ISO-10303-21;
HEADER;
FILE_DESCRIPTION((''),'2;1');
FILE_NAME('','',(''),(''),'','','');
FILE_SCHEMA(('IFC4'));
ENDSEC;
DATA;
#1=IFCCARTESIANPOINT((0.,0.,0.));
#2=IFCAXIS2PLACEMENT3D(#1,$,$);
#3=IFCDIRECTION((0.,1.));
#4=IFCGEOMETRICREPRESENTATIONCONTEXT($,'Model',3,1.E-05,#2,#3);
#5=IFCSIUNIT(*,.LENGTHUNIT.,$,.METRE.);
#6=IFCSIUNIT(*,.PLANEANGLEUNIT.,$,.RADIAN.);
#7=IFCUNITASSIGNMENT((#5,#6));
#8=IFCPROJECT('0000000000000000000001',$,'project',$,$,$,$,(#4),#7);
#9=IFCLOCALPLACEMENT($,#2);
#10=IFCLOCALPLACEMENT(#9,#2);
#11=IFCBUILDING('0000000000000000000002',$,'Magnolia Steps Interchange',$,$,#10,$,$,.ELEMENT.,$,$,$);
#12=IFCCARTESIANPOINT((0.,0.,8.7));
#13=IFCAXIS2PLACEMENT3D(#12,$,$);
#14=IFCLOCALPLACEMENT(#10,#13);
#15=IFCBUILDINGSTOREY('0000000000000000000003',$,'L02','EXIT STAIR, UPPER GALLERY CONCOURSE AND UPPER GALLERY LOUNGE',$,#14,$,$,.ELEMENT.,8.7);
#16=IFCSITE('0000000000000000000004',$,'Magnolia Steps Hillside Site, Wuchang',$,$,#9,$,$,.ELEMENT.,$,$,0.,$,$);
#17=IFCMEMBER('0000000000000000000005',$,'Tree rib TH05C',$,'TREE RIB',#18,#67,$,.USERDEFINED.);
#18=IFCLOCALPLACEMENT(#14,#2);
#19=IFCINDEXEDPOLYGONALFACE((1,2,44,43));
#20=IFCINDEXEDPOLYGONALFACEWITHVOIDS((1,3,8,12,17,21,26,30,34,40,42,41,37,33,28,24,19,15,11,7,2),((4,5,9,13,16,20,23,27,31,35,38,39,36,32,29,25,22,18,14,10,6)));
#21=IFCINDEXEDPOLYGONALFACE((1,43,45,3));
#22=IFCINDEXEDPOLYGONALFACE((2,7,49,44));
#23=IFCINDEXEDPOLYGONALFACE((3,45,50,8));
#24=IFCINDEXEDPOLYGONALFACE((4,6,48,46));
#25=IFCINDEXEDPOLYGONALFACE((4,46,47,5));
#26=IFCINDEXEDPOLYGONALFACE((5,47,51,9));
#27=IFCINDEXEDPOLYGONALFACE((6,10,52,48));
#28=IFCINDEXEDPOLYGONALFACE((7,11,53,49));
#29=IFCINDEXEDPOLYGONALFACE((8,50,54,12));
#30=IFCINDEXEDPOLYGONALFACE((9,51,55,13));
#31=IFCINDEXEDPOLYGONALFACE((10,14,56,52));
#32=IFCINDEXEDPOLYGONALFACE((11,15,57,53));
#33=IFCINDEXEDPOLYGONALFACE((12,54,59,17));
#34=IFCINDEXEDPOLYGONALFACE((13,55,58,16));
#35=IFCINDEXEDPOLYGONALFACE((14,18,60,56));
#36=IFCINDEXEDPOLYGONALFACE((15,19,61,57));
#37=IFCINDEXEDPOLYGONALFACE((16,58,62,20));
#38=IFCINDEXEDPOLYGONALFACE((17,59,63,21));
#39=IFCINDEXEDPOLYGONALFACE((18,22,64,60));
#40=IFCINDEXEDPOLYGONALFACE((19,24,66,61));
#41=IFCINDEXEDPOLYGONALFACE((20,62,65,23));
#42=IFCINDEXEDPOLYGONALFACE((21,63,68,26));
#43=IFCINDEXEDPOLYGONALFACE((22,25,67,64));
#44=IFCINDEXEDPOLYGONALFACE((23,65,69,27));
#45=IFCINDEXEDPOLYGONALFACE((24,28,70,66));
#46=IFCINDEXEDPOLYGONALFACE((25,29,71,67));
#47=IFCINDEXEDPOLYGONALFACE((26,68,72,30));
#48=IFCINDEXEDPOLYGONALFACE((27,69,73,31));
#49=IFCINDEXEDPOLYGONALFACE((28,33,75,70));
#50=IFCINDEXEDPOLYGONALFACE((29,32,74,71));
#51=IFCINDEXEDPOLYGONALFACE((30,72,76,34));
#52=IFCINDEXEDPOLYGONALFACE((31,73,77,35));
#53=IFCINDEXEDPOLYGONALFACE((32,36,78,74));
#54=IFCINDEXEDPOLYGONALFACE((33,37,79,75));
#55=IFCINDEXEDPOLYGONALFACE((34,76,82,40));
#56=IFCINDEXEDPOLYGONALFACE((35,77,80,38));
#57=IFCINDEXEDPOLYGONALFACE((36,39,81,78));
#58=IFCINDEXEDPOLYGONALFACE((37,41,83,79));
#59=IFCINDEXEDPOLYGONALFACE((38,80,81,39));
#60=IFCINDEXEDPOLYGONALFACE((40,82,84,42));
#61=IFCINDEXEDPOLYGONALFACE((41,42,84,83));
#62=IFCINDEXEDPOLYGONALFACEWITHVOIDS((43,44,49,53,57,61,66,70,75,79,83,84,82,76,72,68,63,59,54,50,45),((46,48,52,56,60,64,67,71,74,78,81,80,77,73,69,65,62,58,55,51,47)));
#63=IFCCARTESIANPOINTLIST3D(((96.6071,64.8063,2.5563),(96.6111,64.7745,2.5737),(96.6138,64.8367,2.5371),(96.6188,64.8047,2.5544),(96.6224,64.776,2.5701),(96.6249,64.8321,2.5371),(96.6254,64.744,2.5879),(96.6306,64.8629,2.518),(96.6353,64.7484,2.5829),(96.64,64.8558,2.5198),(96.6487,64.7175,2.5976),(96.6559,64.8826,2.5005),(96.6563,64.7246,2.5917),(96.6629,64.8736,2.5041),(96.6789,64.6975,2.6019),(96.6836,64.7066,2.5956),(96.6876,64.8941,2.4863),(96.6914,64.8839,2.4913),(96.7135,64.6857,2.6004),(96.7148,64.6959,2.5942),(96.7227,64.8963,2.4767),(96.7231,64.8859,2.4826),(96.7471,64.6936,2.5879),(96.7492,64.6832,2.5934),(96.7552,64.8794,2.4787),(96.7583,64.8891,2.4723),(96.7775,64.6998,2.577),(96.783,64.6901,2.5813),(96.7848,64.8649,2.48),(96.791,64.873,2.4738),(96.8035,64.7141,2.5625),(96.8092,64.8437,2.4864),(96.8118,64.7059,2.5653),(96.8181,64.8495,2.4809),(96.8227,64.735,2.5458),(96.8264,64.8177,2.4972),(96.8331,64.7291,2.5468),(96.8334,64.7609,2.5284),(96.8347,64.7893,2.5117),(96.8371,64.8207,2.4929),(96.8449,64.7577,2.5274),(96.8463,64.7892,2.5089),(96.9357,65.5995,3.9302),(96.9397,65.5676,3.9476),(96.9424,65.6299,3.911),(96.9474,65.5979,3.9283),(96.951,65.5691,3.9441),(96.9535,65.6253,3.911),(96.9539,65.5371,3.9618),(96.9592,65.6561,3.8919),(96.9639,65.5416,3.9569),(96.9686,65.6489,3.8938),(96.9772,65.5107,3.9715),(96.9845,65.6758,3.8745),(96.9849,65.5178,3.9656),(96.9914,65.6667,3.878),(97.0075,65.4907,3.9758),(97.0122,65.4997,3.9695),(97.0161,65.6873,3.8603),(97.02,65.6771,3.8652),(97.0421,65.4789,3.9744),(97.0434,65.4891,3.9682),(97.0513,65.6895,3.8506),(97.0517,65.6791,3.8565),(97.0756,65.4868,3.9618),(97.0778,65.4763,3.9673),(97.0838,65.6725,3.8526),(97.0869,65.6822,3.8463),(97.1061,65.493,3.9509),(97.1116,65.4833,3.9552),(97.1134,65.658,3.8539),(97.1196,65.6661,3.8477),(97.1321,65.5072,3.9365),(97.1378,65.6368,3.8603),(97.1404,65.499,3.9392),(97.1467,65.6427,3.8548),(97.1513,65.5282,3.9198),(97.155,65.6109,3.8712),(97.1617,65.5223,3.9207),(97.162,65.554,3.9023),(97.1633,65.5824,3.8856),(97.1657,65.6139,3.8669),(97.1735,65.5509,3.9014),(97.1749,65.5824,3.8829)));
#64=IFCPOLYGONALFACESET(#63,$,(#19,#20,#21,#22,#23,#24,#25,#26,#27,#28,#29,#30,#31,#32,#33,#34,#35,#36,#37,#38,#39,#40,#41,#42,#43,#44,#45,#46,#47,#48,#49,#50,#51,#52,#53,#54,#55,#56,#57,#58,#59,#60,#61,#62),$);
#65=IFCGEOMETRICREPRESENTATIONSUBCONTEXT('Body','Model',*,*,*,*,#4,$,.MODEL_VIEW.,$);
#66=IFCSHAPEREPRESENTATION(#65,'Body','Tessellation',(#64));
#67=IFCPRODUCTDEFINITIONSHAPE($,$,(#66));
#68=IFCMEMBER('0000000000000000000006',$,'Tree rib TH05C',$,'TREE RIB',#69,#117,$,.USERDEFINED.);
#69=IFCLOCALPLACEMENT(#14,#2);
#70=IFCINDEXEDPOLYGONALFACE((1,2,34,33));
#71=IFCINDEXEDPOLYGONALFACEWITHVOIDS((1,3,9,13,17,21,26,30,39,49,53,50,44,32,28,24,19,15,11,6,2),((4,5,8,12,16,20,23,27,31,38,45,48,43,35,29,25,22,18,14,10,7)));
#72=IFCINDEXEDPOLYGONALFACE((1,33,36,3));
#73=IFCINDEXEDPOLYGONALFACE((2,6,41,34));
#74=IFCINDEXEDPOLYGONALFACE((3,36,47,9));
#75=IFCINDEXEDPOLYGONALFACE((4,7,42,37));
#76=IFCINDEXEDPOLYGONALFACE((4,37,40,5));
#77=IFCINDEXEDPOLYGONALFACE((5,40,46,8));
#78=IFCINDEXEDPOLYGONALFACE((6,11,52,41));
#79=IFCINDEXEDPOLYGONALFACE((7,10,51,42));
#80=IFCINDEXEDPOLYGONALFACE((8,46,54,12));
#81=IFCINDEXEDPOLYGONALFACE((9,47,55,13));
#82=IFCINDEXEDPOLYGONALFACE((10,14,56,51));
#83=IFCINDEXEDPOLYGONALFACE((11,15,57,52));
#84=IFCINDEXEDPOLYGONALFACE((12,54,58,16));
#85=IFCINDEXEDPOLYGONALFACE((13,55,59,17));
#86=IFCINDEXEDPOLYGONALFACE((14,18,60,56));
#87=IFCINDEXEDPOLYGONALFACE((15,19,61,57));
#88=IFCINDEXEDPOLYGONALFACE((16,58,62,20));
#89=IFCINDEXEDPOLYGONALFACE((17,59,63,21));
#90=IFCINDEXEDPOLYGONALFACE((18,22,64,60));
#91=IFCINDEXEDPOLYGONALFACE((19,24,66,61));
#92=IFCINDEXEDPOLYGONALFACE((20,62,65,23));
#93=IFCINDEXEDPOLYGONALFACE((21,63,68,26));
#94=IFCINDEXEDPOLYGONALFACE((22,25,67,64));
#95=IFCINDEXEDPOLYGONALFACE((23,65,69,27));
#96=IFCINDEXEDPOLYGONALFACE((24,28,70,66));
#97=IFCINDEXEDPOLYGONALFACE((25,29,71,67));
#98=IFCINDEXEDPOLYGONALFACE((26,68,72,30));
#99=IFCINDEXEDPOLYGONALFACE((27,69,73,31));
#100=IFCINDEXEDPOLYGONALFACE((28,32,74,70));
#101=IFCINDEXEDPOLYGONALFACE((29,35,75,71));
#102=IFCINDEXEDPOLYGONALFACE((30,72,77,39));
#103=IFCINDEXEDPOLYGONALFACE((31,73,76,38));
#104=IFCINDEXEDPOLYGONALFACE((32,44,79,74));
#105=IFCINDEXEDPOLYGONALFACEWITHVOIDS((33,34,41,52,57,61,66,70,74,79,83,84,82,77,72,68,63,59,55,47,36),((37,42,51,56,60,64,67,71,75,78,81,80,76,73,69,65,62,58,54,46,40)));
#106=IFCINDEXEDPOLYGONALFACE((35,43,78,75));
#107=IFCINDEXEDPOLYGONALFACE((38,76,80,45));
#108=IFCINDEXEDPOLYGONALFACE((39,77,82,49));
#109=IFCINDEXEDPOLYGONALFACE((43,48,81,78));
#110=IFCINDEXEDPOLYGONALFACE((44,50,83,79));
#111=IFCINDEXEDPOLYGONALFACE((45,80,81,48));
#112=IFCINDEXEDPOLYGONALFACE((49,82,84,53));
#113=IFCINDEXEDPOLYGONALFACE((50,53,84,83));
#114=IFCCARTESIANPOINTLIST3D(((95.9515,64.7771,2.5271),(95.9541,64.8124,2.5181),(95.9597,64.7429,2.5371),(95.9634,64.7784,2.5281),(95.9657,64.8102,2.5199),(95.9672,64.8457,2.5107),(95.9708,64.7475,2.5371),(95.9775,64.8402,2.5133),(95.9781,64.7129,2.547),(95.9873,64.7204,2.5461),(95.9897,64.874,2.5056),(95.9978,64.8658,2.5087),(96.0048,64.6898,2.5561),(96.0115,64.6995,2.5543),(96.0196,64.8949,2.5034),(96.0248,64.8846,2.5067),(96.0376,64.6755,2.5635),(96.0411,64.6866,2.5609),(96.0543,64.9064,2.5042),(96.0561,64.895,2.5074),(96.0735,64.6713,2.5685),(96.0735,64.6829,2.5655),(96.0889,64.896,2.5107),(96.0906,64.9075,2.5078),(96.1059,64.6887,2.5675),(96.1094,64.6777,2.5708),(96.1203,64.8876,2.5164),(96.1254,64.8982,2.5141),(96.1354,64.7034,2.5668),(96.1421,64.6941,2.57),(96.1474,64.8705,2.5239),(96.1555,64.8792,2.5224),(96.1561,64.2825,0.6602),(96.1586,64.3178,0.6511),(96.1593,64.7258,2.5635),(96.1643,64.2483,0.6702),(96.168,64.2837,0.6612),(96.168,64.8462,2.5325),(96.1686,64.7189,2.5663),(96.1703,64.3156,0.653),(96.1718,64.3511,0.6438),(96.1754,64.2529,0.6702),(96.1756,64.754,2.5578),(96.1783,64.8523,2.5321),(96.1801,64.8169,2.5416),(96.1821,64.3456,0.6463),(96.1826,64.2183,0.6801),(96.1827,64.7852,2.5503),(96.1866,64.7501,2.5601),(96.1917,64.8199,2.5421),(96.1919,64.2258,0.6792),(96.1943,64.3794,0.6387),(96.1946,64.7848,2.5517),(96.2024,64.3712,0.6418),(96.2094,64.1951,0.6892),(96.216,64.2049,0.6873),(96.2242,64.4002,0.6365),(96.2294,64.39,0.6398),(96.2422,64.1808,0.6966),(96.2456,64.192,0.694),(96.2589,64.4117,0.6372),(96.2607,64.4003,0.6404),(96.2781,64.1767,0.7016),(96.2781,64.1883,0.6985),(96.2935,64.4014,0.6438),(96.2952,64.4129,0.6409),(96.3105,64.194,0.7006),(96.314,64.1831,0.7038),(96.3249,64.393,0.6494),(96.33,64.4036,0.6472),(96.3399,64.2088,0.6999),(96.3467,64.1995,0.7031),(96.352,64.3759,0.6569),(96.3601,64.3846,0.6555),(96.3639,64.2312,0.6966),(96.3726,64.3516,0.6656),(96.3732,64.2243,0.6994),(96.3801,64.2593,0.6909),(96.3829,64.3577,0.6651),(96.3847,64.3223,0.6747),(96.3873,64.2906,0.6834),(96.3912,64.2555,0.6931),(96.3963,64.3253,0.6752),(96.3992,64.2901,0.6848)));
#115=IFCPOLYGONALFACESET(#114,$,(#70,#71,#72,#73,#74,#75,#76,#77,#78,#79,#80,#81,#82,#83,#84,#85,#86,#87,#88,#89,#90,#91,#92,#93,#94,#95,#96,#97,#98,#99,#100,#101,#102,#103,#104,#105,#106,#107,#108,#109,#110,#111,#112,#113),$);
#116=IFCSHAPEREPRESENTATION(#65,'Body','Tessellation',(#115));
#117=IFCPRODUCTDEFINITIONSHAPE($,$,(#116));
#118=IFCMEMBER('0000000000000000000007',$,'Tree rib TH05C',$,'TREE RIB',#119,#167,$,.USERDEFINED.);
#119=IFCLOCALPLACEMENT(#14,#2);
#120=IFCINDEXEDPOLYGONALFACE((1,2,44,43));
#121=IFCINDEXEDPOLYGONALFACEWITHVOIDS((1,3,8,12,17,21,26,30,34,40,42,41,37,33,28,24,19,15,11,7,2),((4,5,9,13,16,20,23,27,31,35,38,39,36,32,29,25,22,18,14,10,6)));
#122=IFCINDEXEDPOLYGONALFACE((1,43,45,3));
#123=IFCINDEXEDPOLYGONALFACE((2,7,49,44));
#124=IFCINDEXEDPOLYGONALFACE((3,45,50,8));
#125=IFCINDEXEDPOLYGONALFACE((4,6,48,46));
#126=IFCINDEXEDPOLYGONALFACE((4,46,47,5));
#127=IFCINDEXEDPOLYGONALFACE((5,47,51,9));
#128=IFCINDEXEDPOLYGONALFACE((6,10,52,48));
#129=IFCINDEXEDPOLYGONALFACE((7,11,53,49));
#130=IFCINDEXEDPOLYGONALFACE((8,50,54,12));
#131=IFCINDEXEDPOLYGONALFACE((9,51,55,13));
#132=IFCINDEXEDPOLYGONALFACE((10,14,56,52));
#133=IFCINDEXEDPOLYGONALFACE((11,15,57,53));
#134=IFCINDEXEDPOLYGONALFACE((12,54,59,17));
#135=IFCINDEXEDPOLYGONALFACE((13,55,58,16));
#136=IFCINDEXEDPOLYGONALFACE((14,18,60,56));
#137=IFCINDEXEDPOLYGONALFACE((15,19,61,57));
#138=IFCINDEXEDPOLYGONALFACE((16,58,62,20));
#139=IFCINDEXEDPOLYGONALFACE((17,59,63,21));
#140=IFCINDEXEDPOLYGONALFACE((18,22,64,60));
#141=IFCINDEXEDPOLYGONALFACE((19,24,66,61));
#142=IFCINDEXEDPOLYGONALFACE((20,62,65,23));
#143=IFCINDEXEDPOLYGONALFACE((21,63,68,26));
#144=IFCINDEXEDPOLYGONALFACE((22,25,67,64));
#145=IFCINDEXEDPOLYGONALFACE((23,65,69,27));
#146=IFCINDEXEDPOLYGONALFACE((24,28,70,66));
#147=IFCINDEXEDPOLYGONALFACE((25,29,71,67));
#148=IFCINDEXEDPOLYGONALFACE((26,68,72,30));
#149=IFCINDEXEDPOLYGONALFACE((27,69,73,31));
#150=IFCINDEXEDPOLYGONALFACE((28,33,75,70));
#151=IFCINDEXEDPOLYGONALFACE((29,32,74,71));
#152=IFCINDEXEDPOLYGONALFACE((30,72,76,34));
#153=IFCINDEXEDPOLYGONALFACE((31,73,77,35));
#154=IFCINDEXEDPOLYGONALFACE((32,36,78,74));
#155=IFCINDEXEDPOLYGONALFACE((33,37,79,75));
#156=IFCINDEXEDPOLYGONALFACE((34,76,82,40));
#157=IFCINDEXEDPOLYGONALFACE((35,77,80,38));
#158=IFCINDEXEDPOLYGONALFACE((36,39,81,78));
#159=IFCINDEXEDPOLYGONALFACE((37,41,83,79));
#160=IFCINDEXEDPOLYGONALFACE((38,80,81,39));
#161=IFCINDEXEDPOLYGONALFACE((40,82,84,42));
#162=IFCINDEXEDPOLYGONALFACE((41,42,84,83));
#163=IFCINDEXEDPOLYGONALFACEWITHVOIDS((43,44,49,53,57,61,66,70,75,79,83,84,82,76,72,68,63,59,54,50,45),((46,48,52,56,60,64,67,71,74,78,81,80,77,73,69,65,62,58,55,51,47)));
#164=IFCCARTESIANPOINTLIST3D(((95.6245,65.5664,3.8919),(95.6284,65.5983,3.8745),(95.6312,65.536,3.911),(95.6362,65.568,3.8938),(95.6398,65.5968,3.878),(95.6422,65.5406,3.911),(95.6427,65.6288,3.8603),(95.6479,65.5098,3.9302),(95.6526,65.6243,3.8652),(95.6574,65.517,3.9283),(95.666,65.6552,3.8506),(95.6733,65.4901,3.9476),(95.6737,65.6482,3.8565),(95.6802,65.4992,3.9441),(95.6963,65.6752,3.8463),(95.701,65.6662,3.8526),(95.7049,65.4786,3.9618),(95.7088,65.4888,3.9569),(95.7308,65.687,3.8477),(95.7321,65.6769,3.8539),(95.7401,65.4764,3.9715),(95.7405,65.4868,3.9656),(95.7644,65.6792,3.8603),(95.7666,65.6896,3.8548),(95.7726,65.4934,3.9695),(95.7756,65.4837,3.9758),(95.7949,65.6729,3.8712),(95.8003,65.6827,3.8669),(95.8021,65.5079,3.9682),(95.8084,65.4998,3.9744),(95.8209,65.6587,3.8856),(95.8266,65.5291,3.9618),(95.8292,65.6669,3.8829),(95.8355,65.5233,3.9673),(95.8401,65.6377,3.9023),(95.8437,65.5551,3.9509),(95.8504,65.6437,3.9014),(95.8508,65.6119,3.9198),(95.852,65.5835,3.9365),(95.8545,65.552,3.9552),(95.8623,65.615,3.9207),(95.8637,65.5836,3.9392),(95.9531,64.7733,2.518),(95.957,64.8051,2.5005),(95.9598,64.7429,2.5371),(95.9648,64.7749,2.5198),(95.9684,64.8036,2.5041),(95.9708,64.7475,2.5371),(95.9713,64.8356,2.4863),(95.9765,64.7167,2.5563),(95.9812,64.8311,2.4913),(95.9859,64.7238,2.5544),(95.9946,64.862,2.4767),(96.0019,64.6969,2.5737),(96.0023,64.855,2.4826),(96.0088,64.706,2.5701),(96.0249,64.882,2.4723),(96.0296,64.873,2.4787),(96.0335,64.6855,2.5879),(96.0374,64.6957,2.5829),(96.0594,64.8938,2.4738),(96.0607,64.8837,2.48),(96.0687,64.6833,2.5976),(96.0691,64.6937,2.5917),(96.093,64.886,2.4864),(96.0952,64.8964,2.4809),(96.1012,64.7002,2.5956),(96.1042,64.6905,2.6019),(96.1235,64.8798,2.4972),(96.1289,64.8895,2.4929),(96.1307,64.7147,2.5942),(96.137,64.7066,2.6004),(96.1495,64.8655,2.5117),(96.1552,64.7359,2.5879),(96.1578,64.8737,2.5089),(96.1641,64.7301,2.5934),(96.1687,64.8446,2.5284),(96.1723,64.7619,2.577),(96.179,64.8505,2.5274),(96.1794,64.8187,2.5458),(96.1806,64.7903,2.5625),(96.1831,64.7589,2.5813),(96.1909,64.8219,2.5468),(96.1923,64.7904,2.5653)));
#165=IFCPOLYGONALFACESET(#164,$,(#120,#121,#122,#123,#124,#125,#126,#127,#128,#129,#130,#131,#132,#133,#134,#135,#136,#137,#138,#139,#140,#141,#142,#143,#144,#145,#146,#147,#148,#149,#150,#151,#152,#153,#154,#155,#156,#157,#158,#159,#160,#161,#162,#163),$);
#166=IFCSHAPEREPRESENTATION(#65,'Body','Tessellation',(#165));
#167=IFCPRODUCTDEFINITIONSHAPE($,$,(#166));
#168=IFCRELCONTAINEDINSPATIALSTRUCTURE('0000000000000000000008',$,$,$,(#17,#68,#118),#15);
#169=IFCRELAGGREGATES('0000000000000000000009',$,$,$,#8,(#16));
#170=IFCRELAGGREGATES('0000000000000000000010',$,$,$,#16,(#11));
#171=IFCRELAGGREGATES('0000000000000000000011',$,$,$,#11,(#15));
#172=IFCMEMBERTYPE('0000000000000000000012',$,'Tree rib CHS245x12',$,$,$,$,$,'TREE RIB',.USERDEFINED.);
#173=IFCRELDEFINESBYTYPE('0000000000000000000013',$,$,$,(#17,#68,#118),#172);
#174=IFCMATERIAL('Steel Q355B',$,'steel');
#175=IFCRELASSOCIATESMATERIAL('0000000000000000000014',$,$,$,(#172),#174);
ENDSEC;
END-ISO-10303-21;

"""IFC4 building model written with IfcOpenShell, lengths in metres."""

from ifc_helpers import new_model, si_unit, direction, frame, origin, origin_2d, place, context, subcontext, project, spatial, hollow_circle, extrude, material, material_profile, profile_set, type_object, element, save


model = new_model("IFC4")

# Units and contexts
model_context = context("Model", 3, precision=1e-05, world=origin(), true_north=direction((0.0, 1.0)))
body_context = subcontext(model_context, "Body", "Model", "MODEL_VIEW")
ifc_project = project(units=[si_unit("LENGTHUNIT", "METRE"), si_unit("PLANEANGLEUNIT", "RADIAN")], contexts=[model_context])

# Site, building, storey
site_placement = place(None, origin())
site = spatial("IfcSite", under=ifc_project, at=site_placement, Name="Magnolia Steps Hillside Site, Wuchang", CompositionType="ELEMENT", RefElevation=0.0)
building_placement = place(site_placement, origin())
building = spatial("IfcBuilding", under=site, at=building_placement, Name="Magnolia Steps Interchange", CompositionType="ELEMENT")
storey_placement = place(building_placement, frame((0.0, 0.0, 8.7)))
storey = spatial("IfcBuildingStorey", under=building, at=storey_placement, Name="L02", Description="EXIT STAIR, UPPER GALLERY CONCOURSE AND UPPER GALLERY LOUNGE", CompositionType="ELEMENT", Elevation=8.7)

# Members
ifc_material_1 = material(Name="Steel Q355B", Category="steel")
ifc_material_profile_1 = material_profile(ifc_material_1, hollow_circle(Radius=0.1226, WallThickness=0.012, at=origin_2d()), Name="CHS245x12")
ifc_profile_set_1 = profile_set([ifc_material_profile_1], Name="Steel Q355B")
member_type_1 = type_object("IfcMemberType", Name="Tree rib CHS245x12", ElementType="TREE RIB", PredefinedType="USERDEFINED", material=ifc_profile_set_1)
member_1_placement = place(storey_placement, frame((96.7271, 64.7898, 2.5371), z_axis=(0.20282, 0.489571, 0.848047), x_axis=(-0.923857, 0.382737, 0.0)))
element("IfcMember", 1, at=member_1_placement, inside=storey, type_object=member_type_1, Name="Tree rib TH05C", ObjectType="TREE RIB", PredefinedType="USERDEFINED", context=body_context, shape_type="SweptSolid", body=[
    extrude(hollow_circle(Radius=0.1226, WallThickness=0.012, at=origin_2d()), origin(), (0.0, 0.0, 1.0), 1.6201),
])
member_2_placement = place(storey_placement, frame((96.2776, 64.2952, 0.6702), z_axis=(-0.105341, 0.25468, 0.961271), x_axis=(-0.924072, -0.382218, 0.0)))
element("IfcMember", 2, at=member_2_placement, inside=storey, type_object=member_type_1, Name="Tree rib TH05C", ObjectType="TREE RIB", PredefinedType="USERDEFINED", context=body_context, shape_type="SweptSolid", body=[
    extrude(hollow_circle(Radius=0.1226, WallThickness=0.012, at=origin_2d()), origin(), (0.0, 0.0, 1.0), 1.9421),
])
member_3_placement = place(storey_placement, frame((96.073, 64.7898, 2.5371), z_axis=(-0.20282, 0.489571, 0.848047), x_axis=(-0.923857, -0.382737, 0.0)))
element("IfcMember", 3, at=member_3_placement, inside=storey, type_object=member_type_1, Name="Tree rib TH05C", ObjectType="TREE RIB", PredefinedType="USERDEFINED", context=body_context, shape_type="SweptSolid", body=[
    extrude(hollow_circle(Radius=0.1226, WallThickness=0.012, at=origin_2d()), origin(), (0.0, 0.0, 1.0), 1.6201),
])

save(model, "model.ifc")
